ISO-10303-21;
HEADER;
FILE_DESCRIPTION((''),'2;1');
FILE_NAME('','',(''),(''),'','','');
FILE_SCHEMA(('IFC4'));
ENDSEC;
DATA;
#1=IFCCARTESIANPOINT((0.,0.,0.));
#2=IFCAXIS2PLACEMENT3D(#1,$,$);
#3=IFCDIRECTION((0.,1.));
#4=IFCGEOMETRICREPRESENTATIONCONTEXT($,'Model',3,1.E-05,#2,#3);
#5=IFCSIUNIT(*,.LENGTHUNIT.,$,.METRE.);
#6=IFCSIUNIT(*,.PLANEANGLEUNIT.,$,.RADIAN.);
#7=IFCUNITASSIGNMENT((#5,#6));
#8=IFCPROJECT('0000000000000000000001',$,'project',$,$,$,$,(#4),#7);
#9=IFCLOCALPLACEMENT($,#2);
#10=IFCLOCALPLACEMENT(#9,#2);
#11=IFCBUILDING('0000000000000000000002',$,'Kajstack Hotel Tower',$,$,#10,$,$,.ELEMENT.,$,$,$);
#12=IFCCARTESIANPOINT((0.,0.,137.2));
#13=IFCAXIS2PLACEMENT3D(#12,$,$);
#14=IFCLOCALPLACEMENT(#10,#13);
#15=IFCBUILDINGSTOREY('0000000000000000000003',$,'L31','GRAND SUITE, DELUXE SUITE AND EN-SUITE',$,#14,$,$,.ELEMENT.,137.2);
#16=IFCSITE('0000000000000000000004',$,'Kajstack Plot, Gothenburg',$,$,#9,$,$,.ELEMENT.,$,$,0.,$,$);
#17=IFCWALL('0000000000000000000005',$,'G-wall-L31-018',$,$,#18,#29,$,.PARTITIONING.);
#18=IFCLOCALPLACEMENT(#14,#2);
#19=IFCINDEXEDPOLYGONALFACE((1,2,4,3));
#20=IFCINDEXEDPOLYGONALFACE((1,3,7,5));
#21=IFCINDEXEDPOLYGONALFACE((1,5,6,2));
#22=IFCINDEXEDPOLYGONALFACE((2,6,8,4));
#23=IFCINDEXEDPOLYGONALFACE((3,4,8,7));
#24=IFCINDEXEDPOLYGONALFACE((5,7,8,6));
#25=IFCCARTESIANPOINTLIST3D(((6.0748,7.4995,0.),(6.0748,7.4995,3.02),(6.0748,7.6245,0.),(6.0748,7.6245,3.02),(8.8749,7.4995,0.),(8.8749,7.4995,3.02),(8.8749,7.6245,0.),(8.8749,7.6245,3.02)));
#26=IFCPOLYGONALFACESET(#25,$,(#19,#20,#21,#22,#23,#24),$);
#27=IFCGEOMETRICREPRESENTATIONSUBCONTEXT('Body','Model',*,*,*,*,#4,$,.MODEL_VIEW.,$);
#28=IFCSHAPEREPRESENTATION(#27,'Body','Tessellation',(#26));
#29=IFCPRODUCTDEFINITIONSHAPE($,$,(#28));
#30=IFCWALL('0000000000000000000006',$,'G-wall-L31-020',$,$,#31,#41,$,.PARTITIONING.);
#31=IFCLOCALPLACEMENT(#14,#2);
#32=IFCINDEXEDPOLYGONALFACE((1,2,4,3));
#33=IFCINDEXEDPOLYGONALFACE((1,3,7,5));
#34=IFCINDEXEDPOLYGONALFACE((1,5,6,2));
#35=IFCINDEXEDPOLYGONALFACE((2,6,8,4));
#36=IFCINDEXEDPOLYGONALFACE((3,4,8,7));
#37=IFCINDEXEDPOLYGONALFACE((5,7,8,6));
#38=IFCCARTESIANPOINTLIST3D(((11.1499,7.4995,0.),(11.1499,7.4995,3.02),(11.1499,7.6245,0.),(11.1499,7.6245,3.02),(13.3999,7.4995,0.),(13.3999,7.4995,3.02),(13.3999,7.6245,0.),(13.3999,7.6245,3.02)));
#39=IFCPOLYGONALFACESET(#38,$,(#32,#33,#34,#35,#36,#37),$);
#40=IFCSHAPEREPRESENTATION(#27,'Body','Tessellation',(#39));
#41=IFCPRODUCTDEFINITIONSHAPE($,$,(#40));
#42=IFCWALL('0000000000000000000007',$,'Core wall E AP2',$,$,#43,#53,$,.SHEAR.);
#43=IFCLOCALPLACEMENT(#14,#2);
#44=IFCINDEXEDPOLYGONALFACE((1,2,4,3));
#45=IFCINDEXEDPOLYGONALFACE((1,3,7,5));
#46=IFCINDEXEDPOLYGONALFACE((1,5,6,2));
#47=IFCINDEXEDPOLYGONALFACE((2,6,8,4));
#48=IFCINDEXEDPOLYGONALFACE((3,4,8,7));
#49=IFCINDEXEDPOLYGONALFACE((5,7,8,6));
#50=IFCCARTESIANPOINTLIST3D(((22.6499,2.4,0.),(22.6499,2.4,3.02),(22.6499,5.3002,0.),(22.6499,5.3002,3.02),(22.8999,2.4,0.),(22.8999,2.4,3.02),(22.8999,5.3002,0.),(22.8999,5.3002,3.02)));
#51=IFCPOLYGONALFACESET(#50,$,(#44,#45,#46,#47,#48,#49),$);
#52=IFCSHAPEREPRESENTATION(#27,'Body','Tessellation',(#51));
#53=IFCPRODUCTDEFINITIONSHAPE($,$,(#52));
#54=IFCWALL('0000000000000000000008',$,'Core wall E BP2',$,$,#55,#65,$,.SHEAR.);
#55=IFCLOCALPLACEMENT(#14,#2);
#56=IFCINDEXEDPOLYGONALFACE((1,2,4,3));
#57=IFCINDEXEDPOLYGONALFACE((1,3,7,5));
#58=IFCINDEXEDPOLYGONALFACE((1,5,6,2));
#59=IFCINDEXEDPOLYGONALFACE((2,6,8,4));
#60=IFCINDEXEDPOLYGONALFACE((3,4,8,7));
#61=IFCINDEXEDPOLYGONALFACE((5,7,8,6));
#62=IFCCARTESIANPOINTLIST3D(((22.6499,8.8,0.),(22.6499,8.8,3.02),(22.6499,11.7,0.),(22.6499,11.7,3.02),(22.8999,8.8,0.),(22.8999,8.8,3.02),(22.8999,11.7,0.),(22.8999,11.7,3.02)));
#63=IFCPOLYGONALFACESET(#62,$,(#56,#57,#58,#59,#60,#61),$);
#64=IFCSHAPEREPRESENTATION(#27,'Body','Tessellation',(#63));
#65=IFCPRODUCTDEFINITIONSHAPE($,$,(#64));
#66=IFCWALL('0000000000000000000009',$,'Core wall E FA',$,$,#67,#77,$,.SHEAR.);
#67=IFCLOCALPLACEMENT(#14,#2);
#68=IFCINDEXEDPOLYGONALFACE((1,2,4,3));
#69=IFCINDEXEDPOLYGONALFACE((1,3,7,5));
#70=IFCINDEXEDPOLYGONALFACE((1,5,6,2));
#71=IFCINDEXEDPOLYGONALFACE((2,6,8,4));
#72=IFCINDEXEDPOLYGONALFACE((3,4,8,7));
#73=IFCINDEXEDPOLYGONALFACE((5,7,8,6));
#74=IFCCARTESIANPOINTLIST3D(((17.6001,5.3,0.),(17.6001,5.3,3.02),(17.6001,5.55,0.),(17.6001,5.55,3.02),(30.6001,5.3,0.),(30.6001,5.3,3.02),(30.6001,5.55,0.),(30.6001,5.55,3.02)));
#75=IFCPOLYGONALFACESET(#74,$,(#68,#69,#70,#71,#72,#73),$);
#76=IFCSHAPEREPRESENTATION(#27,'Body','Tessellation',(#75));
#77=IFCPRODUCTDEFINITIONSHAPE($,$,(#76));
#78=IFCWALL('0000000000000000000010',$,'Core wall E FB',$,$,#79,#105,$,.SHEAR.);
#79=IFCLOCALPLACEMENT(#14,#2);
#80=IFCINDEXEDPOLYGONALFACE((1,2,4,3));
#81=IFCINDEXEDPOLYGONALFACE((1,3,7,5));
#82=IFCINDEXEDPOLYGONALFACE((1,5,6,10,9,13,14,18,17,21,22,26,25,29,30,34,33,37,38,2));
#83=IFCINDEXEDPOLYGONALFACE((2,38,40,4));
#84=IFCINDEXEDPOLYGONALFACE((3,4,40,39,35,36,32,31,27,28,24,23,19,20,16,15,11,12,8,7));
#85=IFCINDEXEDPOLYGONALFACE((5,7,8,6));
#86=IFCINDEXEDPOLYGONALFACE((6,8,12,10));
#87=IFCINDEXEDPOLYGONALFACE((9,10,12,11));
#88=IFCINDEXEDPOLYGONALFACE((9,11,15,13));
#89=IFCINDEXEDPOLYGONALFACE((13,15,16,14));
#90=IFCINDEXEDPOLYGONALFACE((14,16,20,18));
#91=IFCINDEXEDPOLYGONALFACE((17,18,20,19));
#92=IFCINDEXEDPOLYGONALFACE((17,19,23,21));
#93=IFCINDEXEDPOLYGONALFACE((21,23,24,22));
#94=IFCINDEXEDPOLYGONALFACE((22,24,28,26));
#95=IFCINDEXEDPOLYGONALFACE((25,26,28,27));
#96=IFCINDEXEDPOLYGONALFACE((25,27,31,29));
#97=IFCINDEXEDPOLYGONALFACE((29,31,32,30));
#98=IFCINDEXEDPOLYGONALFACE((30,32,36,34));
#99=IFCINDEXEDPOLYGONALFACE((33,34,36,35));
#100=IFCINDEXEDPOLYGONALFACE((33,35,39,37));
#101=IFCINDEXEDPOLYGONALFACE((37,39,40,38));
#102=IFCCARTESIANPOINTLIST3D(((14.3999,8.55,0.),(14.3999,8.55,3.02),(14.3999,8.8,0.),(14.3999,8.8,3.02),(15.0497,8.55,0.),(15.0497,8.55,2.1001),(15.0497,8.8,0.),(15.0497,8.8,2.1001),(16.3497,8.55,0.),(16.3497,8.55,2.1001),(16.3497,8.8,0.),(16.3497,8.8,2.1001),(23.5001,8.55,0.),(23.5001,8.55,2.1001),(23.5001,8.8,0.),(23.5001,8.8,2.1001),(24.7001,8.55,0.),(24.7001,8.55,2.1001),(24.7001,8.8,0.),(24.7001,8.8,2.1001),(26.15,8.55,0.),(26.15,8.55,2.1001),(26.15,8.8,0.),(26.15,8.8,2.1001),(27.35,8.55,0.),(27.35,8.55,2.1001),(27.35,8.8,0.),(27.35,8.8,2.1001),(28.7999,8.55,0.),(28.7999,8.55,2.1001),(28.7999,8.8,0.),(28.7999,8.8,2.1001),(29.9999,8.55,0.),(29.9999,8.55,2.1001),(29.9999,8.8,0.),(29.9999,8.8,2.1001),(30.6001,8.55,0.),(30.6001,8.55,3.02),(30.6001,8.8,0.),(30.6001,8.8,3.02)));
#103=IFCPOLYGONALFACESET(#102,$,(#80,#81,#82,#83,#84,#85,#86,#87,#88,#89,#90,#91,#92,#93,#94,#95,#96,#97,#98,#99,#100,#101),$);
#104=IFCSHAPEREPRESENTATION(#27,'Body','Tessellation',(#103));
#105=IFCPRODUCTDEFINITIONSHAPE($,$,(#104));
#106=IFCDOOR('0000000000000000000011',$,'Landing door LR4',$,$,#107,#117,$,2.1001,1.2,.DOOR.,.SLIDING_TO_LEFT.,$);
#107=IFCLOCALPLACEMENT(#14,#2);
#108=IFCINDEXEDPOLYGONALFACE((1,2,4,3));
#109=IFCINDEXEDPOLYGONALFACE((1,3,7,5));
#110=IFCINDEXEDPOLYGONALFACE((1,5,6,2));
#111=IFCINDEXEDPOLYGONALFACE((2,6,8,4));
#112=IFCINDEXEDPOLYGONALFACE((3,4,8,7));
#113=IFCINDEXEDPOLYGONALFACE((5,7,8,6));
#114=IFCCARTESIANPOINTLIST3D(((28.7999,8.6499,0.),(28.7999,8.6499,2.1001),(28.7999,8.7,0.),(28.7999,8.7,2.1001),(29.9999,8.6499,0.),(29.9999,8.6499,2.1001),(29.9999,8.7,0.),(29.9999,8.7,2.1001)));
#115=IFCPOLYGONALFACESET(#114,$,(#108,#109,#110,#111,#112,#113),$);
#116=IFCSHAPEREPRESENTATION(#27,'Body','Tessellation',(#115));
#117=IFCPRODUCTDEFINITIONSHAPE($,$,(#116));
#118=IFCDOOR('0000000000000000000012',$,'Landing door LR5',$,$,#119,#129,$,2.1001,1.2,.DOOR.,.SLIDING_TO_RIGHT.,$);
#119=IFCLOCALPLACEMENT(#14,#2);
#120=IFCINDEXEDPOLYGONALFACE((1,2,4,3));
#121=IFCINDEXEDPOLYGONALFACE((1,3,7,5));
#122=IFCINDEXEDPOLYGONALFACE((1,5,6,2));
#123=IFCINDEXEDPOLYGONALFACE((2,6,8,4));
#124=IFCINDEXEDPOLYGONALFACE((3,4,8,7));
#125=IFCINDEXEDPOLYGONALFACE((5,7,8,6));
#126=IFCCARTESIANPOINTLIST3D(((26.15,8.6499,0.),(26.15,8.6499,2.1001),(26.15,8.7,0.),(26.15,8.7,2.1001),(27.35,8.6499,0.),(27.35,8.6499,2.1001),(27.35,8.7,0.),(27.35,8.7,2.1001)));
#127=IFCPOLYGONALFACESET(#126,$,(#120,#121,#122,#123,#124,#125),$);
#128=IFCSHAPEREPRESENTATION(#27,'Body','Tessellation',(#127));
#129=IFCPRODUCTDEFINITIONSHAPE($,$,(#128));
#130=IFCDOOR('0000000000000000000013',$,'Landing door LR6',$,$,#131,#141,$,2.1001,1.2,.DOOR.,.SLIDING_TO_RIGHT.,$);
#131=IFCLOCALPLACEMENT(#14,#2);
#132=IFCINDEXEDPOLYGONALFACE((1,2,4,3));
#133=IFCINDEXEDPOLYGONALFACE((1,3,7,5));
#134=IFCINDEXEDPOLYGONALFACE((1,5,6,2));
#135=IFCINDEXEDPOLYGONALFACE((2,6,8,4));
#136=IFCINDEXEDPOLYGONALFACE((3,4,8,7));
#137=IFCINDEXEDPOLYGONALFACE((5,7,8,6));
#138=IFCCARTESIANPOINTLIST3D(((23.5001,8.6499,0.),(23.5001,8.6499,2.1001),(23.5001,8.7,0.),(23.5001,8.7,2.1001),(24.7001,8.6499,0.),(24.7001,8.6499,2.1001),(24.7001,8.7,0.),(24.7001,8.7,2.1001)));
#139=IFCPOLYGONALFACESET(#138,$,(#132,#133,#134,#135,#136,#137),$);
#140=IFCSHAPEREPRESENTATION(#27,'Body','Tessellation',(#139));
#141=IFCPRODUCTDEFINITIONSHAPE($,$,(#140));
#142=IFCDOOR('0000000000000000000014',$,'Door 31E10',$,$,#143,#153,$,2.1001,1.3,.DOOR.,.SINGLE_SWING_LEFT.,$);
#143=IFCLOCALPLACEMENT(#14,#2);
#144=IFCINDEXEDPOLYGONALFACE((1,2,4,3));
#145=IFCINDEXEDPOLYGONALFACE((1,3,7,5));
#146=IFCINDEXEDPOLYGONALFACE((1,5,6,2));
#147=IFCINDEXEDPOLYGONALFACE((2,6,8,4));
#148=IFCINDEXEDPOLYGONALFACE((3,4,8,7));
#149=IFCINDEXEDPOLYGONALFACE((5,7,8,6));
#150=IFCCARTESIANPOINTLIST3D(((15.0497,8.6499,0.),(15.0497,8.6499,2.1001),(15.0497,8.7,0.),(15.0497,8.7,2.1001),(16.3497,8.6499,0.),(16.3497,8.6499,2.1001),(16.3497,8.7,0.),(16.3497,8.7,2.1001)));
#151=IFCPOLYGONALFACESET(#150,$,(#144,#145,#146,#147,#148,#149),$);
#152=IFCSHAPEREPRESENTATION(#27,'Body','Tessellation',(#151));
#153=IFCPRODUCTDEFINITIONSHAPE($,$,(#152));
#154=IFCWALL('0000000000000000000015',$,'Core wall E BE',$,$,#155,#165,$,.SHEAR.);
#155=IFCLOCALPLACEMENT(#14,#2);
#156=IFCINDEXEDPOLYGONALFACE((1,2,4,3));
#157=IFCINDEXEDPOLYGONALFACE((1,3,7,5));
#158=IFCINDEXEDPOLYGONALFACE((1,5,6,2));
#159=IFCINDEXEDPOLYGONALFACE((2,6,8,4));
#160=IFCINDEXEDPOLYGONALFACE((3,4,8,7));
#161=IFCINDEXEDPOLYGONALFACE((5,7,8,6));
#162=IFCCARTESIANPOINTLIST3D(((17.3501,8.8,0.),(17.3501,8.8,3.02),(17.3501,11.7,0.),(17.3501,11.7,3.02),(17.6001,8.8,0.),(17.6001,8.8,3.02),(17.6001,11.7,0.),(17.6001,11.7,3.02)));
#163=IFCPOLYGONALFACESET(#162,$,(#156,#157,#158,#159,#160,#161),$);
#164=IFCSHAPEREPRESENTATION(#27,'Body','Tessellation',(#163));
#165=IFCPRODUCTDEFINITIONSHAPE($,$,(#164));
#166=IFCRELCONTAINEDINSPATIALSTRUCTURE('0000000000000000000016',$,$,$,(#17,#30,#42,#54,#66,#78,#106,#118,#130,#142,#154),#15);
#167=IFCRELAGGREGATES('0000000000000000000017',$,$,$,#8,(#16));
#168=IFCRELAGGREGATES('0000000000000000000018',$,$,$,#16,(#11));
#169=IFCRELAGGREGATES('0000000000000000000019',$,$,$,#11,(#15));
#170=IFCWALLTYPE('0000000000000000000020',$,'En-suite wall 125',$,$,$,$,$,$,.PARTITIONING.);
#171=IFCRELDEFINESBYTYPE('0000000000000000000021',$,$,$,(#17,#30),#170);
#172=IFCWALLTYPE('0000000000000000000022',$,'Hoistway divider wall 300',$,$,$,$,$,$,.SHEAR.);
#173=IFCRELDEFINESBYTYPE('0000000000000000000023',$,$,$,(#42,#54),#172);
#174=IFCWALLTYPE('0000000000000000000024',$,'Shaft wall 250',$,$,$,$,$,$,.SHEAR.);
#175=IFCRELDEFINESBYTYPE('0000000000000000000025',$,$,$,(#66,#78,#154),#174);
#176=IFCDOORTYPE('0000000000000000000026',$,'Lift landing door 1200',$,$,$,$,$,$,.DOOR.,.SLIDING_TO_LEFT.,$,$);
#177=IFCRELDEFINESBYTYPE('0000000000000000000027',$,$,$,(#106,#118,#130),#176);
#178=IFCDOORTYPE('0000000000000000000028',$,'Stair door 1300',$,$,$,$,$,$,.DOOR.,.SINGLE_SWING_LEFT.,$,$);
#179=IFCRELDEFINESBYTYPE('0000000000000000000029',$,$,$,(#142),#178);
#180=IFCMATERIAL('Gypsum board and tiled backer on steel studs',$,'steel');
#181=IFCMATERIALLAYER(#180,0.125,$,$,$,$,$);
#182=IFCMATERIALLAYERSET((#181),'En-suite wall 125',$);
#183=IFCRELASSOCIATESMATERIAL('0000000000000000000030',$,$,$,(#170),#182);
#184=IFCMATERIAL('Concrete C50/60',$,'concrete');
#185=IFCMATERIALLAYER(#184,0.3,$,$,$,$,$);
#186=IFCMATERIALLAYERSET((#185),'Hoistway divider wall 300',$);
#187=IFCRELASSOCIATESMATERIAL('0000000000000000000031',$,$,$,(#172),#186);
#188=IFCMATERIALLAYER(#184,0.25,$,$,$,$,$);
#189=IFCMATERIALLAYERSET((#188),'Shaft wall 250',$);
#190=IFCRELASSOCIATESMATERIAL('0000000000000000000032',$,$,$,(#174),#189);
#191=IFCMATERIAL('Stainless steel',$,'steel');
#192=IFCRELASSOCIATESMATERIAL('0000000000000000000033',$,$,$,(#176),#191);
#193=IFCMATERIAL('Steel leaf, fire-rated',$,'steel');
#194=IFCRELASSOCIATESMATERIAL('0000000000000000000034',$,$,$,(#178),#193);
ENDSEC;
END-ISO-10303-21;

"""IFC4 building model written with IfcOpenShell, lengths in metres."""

from ifc_helpers import new_model, si_unit, direction, frame, frame_2d, origin, place, context, subcontext, project, spatial, rectangle, extrude, material, layer, layer_set, type_object, element, fill, save


model = new_model("IFC4")

# Units and contexts
model_context = context("Model", 3, precision=1e-05, world=origin(), true_north=direction((0.0, 1.0)))
body_context = subcontext(model_context, "Body", "Model", "MODEL_VIEW")
ifc_project = project(units=[si_unit("LENGTHUNIT", "METRE"), si_unit("PLANEANGLEUNIT", "RADIAN")], contexts=[model_context])

# Site, building, storey
site_placement = place(None, origin())
site = spatial("IfcSite", under=ifc_project, at=site_placement, Name="Kajstack Plot, Gothenburg", CompositionType="ELEMENT", RefElevation=0.0)
building_placement = place(site_placement, origin())
building = spatial("IfcBuilding", under=site, at=building_placement, Name="Kajstack Hotel Tower", CompositionType="ELEMENT")
storey_placement = place(building_placement, frame((0.0, 0.0, 137.2)))
storey = spatial("IfcBuildingStorey", under=building, at=storey_placement, Name="L31", Description="GRAND SUITE, DELUXE SUITE AND EN-SUITE", CompositionType="ELEMENT", Elevation=137.2)

# Walls
ifc_material_1 = material(Name="Gypsum board and tiled backer on steel studs", Category="steel")
ifc_layer_1 = layer(ifc_material_1, 0.125)
ifc_layer_set_1 = layer_set([ifc_layer_1], Name="En-suite wall 125")
wall_type_1 = type_object("IfcWallType", Name="En-suite wall 125", PredefinedType="PARTITIONING", material=ifc_layer_set_1)
wall_1_placement = place(storey_placement, frame((6.075, 7.562, 0.0), z_axis=(0.0, 0.0, 1.0), x_axis=(1.0, 0.0, 0.0)))
element("IfcWall", 1, at=wall_1_placement, inside=storey, type_object=wall_type_1, Name="G-wall-L31-018", PredefinedType="PARTITIONING", context=body_context, shape_type="SweptSolid", body=[
    extrude(rectangle(XDim=2.8, YDim=0.125, at=frame_2d((1.3999, 0.0))), origin(), (0.0, 0.0, 1.0), 3.02),
])
wall_2_placement = place(storey_placement, frame((11.1499, 7.562, 0.0), z_axis=(0.0, 0.0, 1.0), x_axis=(1.0, 0.0, 0.0)))
element("IfcWall", 2, at=wall_2_placement, inside=storey, type_object=wall_type_1, Name="G-wall-L31-020", PredefinedType="PARTITIONING", context=body_context, shape_type="SweptSolid", body=[
    extrude(rectangle(XDim=2.25, YDim=0.125, at=frame_2d((1.125, 0.0))), origin(), (0.0, 0.0, 1.0), 3.02),
])
ifc_material_2 = material(Name="Concrete C50/60", Category="concrete")
ifc_layer_2 = layer(ifc_material_2, 0.3)
ifc_layer_set_2 = layer_set([ifc_layer_2], Name="Hoistway divider wall 300")
wall_type_2 = type_object("IfcWallType", Name="Hoistway divider wall 300", PredefinedType="SHEAR", material=ifc_layer_set_2)
wall_3_placement = place(storey_placement, frame((22.7749, 2.3999, 0.0), z_axis=(0.0, 0.0, 1.0), x_axis=(0.0, 1.0, 0.0)))
element("IfcWall", 3, at=wall_3_placement, inside=storey, type_object=wall_type_2, Name="Core wall E AP2", PredefinedType="SHEAR", context=body_context, shape_type="SweptSolid", body=[
    extrude(rectangle(XDim=2.9001, YDim=0.25, at=frame_2d((1.4502, 0.0))), origin(), (0.0, 0.0, 1.0), 3.02),
])
wall_4_placement = place(storey_placement, frame((22.7749, 8.8, 0.0), z_axis=(0.0, 0.0, 1.0), x_axis=(0.0, 1.0, 0.0)))
element("IfcWall", 4, at=wall_4_placement, inside=storey, type_object=wall_type_2, Name="Core wall E BP2", PredefinedType="SHEAR", context=body_context, shape_type="SweptSolid", body=[
    extrude(rectangle(XDim=2.8999, YDim=0.25, at=frame_2d((1.45, 0.0))), origin(), (0.0, 0.0, 1.0), 3.02),
])
ifc_layer_3 = layer(ifc_material_2, 0.25)
ifc_layer_set_3 = layer_set([ifc_layer_3], Name="Shaft wall 250")
wall_type_3 = type_object("IfcWallType", Name="Shaft wall 250", PredefinedType="SHEAR", material=ifc_layer_set_3)
wall_5_placement = place(storey_placement, frame((17.6001, 5.425, 0.0), z_axis=(0.0, 0.0, 1.0), x_axis=(1.0, 0.0, 0.0)))
element("IfcWall", 5, at=wall_5_placement, inside=storey, type_object=wall_type_3, Name="Core wall E FA", PredefinedType="SHEAR", context=body_context, shape_type="SweptSolid", body=[
    extrude(rectangle(XDim=13.0, YDim=0.25, at=frame_2d((6.5, 0.0))), origin(), (0.0, 0.0, 1.0), 3.02),
])

# Wall, openings, doors
wall_6_placement = place(storey_placement, frame((14.3999, 8.675, 0.0), z_axis=(0.0, 0.0, 1.0), x_axis=(1.0, 0.0, 0.0)))
wall_6 = element("IfcWall", 6, at=wall_6_placement, inside=storey, type_object=wall_type_3, Name="Core wall E FB", PredefinedType="SHEAR", context=body_context, shape_type="SweptSolid", body=[
    extrude(rectangle(XDim=16.2002, YDim=0.25, at=frame_2d((8.1001, 0.0))), origin(), (0.0, 0.0, 1.0), 3.02),
])
opening_1_placement = place(wall_6_placement, frame((14.3999, 0.0, 0.0)))
opening_1 = element("IfcOpeningElement", 7, at=opening_1_placement, cuts=wall_6, PredefinedType="OPENING", context=body_context, shape_type="SweptSolid", body=[
    extrude(rectangle(XDim=1.2, YDim=2.1001, at=frame_2d((0.6001, 1.05))), frame((0.0, 0.135, 0.0), z_axis=(0.0, -1.0, 0.0), x_axis=(1.0, 0.0, 0.0)), (0.0, 0.0, 1.0), 0.27),
])
opening_2_placement = place(wall_6_placement, frame((11.75, 0.0, 0.0)))
opening_2 = element("IfcOpeningElement", 8, at=opening_2_placement, cuts=wall_6, PredefinedType="OPENING", context=body_context, shape_type="SweptSolid", body=[
    extrude(rectangle(XDim=1.2, YDim=2.1001, at=frame_2d((0.6001, 1.05))), frame((0.0, 0.135, 0.0), z_axis=(0.0, -1.0, 0.0), x_axis=(1.0, 0.0, 0.0)), (0.0, 0.0, 1.0), 0.27),
])
opening_3_placement = place(wall_6_placement, frame((9.1001, 0.0, 0.0)))
opening_3 = element("IfcOpeningElement", 9, at=opening_3_placement, cuts=wall_6, PredefinedType="OPENING", context=body_context, shape_type="SweptSolid", body=[
    extrude(rectangle(XDim=1.2, YDim=2.1001, at=frame_2d((0.6001, 1.05))), frame((0.0, 0.135, 0.0), z_axis=(0.0, -1.0, 0.0), x_axis=(1.0, 0.0, 0.0)), (0.0, 0.0, 1.0), 0.27),
])
opening_4_placement = place(wall_6_placement, frame((0.6499, 0.0, 0.0)))
opening_4 = element("IfcOpeningElement", 10, at=opening_4_placement, cuts=wall_6, PredefinedType="OPENING", context=body_context, shape_type="SweptSolid", body=[
    extrude(rectangle(XDim=1.3, YDim=2.1001, at=frame_2d((0.6499, 1.05))), frame((0.0, 0.135, 0.0), z_axis=(0.0, -1.0, 0.0), x_axis=(1.0, 0.0, 0.0)), (0.0, 0.0, 1.0), 0.27),
])
ifc_material_3 = material(Name="Stainless steel", Category="steel")
door_type_1 = type_object("IfcDoorType", Name="Lift landing door 1200", OperationType="SLIDING_TO_LEFT", PredefinedType="DOOR", material=ifc_material_3)
door_1_placement = place(opening_1_placement, origin())
door_1 = element("IfcDoor", 11, at=door_1_placement, inside=storey, type_object=door_type_1, Name="Landing door LR4", OperationType="SLIDING_TO_LEFT", OverallHeight=2.1001, OverallWidth=1.2, PredefinedType="DOOR", context=body_context, shape_type="SweptSolid", body=[
    extrude(rectangle(XDim=1.2, YDim=2.1001, at=frame_2d((0.6001, 1.05))), frame((0.0, 0.0249, 0.0), z_axis=(0.0, -1.0, 0.0), x_axis=(1.0, 0.0, 0.0)), (0.0, 0.0, 1.0), 0.05),
])
fill(opening_1, door_1)
door_2_placement = place(opening_2_placement, origin())
door_2 = element("IfcDoor", 12, at=door_2_placement, inside=storey, type_object=door_type_1, Name="Landing door LR5", OperationType="SLIDING_TO_RIGHT", OverallHeight=2.1001, OverallWidth=1.2, PredefinedType="DOOR", context=body_context, shape_type="SweptSolid", body=[
    extrude(rectangle(XDim=1.2, YDim=2.1001, at=frame_2d((0.6001, 1.05))), frame((0.0, 0.0249, 0.0), z_axis=(0.0, -1.0, 0.0), x_axis=(1.0, 0.0, 0.0)), (0.0, 0.0, 1.0), 0.05),
])
fill(opening_2, door_2)
door_3_placement = place(opening_3_placement, origin())
door_3 = element("IfcDoor", 13, at=door_3_placement, inside=storey, type_object=door_type_1, Name="Landing door LR6", OperationType="SLIDING_TO_RIGHT", OverallHeight=2.1001, OverallWidth=1.2, PredefinedType="DOOR", context=body_context, shape_type="SweptSolid", body=[
    extrude(rectangle(XDim=1.2, YDim=2.1001, at=frame_2d((0.6001, 1.05))), frame((0.0, 0.0249, 0.0), z_axis=(0.0, -1.0, 0.0), x_axis=(1.0, 0.0, 0.0)), (0.0, 0.0, 1.0), 0.05),
])
fill(opening_3, door_3)
ifc_material_4 = material(Name="Steel leaf, fire-rated", Category="steel")
door_type_2 = type_object("IfcDoorType", Name="Stair door 1300", OperationType="SINGLE_SWING_LEFT", PredefinedType="DOOR", material=ifc_material_4)
door_4_placement = place(opening_4_placement, origin())
door_4 = element("IfcDoor", 14, at=door_4_placement, inside=storey, type_object=door_type_2, Name="Door 31E10", OperationType="SINGLE_SWING_LEFT", OverallHeight=2.1001, OverallWidth=1.3, PredefinedType="DOOR", context=body_context, shape_type="SweptSolid", body=[
    extrude(rectangle(XDim=1.3, YDim=2.1001, at=frame_2d((0.6499, 1.05))), frame((0.0, 0.0249, 0.0), z_axis=(0.0, -1.0, 0.0), x_axis=(1.0, 0.0, 0.0)), (0.0, 0.0, 1.0), 0.05),
])
fill(opening_4, door_4)

# Wall
wall_7_placement = place(storey_placement, frame((17.4751, 8.8, 0.0), z_axis=(0.0, 0.0, 1.0), x_axis=(0.0, 1.0, 0.0)))
element("IfcWall", 15, at=wall_7_placement, inside=storey, type_object=wall_type_3, Name="Core wall E BE", PredefinedType="SHEAR", context=body_context, shape_type="SweptSolid", body=[
    extrude(rectangle(XDim=2.8999, YDim=0.25, at=frame_2d((1.45, 0.0))), origin(), (0.0, 0.0, 1.0), 3.02),
])

save(model, "model.ifc")
